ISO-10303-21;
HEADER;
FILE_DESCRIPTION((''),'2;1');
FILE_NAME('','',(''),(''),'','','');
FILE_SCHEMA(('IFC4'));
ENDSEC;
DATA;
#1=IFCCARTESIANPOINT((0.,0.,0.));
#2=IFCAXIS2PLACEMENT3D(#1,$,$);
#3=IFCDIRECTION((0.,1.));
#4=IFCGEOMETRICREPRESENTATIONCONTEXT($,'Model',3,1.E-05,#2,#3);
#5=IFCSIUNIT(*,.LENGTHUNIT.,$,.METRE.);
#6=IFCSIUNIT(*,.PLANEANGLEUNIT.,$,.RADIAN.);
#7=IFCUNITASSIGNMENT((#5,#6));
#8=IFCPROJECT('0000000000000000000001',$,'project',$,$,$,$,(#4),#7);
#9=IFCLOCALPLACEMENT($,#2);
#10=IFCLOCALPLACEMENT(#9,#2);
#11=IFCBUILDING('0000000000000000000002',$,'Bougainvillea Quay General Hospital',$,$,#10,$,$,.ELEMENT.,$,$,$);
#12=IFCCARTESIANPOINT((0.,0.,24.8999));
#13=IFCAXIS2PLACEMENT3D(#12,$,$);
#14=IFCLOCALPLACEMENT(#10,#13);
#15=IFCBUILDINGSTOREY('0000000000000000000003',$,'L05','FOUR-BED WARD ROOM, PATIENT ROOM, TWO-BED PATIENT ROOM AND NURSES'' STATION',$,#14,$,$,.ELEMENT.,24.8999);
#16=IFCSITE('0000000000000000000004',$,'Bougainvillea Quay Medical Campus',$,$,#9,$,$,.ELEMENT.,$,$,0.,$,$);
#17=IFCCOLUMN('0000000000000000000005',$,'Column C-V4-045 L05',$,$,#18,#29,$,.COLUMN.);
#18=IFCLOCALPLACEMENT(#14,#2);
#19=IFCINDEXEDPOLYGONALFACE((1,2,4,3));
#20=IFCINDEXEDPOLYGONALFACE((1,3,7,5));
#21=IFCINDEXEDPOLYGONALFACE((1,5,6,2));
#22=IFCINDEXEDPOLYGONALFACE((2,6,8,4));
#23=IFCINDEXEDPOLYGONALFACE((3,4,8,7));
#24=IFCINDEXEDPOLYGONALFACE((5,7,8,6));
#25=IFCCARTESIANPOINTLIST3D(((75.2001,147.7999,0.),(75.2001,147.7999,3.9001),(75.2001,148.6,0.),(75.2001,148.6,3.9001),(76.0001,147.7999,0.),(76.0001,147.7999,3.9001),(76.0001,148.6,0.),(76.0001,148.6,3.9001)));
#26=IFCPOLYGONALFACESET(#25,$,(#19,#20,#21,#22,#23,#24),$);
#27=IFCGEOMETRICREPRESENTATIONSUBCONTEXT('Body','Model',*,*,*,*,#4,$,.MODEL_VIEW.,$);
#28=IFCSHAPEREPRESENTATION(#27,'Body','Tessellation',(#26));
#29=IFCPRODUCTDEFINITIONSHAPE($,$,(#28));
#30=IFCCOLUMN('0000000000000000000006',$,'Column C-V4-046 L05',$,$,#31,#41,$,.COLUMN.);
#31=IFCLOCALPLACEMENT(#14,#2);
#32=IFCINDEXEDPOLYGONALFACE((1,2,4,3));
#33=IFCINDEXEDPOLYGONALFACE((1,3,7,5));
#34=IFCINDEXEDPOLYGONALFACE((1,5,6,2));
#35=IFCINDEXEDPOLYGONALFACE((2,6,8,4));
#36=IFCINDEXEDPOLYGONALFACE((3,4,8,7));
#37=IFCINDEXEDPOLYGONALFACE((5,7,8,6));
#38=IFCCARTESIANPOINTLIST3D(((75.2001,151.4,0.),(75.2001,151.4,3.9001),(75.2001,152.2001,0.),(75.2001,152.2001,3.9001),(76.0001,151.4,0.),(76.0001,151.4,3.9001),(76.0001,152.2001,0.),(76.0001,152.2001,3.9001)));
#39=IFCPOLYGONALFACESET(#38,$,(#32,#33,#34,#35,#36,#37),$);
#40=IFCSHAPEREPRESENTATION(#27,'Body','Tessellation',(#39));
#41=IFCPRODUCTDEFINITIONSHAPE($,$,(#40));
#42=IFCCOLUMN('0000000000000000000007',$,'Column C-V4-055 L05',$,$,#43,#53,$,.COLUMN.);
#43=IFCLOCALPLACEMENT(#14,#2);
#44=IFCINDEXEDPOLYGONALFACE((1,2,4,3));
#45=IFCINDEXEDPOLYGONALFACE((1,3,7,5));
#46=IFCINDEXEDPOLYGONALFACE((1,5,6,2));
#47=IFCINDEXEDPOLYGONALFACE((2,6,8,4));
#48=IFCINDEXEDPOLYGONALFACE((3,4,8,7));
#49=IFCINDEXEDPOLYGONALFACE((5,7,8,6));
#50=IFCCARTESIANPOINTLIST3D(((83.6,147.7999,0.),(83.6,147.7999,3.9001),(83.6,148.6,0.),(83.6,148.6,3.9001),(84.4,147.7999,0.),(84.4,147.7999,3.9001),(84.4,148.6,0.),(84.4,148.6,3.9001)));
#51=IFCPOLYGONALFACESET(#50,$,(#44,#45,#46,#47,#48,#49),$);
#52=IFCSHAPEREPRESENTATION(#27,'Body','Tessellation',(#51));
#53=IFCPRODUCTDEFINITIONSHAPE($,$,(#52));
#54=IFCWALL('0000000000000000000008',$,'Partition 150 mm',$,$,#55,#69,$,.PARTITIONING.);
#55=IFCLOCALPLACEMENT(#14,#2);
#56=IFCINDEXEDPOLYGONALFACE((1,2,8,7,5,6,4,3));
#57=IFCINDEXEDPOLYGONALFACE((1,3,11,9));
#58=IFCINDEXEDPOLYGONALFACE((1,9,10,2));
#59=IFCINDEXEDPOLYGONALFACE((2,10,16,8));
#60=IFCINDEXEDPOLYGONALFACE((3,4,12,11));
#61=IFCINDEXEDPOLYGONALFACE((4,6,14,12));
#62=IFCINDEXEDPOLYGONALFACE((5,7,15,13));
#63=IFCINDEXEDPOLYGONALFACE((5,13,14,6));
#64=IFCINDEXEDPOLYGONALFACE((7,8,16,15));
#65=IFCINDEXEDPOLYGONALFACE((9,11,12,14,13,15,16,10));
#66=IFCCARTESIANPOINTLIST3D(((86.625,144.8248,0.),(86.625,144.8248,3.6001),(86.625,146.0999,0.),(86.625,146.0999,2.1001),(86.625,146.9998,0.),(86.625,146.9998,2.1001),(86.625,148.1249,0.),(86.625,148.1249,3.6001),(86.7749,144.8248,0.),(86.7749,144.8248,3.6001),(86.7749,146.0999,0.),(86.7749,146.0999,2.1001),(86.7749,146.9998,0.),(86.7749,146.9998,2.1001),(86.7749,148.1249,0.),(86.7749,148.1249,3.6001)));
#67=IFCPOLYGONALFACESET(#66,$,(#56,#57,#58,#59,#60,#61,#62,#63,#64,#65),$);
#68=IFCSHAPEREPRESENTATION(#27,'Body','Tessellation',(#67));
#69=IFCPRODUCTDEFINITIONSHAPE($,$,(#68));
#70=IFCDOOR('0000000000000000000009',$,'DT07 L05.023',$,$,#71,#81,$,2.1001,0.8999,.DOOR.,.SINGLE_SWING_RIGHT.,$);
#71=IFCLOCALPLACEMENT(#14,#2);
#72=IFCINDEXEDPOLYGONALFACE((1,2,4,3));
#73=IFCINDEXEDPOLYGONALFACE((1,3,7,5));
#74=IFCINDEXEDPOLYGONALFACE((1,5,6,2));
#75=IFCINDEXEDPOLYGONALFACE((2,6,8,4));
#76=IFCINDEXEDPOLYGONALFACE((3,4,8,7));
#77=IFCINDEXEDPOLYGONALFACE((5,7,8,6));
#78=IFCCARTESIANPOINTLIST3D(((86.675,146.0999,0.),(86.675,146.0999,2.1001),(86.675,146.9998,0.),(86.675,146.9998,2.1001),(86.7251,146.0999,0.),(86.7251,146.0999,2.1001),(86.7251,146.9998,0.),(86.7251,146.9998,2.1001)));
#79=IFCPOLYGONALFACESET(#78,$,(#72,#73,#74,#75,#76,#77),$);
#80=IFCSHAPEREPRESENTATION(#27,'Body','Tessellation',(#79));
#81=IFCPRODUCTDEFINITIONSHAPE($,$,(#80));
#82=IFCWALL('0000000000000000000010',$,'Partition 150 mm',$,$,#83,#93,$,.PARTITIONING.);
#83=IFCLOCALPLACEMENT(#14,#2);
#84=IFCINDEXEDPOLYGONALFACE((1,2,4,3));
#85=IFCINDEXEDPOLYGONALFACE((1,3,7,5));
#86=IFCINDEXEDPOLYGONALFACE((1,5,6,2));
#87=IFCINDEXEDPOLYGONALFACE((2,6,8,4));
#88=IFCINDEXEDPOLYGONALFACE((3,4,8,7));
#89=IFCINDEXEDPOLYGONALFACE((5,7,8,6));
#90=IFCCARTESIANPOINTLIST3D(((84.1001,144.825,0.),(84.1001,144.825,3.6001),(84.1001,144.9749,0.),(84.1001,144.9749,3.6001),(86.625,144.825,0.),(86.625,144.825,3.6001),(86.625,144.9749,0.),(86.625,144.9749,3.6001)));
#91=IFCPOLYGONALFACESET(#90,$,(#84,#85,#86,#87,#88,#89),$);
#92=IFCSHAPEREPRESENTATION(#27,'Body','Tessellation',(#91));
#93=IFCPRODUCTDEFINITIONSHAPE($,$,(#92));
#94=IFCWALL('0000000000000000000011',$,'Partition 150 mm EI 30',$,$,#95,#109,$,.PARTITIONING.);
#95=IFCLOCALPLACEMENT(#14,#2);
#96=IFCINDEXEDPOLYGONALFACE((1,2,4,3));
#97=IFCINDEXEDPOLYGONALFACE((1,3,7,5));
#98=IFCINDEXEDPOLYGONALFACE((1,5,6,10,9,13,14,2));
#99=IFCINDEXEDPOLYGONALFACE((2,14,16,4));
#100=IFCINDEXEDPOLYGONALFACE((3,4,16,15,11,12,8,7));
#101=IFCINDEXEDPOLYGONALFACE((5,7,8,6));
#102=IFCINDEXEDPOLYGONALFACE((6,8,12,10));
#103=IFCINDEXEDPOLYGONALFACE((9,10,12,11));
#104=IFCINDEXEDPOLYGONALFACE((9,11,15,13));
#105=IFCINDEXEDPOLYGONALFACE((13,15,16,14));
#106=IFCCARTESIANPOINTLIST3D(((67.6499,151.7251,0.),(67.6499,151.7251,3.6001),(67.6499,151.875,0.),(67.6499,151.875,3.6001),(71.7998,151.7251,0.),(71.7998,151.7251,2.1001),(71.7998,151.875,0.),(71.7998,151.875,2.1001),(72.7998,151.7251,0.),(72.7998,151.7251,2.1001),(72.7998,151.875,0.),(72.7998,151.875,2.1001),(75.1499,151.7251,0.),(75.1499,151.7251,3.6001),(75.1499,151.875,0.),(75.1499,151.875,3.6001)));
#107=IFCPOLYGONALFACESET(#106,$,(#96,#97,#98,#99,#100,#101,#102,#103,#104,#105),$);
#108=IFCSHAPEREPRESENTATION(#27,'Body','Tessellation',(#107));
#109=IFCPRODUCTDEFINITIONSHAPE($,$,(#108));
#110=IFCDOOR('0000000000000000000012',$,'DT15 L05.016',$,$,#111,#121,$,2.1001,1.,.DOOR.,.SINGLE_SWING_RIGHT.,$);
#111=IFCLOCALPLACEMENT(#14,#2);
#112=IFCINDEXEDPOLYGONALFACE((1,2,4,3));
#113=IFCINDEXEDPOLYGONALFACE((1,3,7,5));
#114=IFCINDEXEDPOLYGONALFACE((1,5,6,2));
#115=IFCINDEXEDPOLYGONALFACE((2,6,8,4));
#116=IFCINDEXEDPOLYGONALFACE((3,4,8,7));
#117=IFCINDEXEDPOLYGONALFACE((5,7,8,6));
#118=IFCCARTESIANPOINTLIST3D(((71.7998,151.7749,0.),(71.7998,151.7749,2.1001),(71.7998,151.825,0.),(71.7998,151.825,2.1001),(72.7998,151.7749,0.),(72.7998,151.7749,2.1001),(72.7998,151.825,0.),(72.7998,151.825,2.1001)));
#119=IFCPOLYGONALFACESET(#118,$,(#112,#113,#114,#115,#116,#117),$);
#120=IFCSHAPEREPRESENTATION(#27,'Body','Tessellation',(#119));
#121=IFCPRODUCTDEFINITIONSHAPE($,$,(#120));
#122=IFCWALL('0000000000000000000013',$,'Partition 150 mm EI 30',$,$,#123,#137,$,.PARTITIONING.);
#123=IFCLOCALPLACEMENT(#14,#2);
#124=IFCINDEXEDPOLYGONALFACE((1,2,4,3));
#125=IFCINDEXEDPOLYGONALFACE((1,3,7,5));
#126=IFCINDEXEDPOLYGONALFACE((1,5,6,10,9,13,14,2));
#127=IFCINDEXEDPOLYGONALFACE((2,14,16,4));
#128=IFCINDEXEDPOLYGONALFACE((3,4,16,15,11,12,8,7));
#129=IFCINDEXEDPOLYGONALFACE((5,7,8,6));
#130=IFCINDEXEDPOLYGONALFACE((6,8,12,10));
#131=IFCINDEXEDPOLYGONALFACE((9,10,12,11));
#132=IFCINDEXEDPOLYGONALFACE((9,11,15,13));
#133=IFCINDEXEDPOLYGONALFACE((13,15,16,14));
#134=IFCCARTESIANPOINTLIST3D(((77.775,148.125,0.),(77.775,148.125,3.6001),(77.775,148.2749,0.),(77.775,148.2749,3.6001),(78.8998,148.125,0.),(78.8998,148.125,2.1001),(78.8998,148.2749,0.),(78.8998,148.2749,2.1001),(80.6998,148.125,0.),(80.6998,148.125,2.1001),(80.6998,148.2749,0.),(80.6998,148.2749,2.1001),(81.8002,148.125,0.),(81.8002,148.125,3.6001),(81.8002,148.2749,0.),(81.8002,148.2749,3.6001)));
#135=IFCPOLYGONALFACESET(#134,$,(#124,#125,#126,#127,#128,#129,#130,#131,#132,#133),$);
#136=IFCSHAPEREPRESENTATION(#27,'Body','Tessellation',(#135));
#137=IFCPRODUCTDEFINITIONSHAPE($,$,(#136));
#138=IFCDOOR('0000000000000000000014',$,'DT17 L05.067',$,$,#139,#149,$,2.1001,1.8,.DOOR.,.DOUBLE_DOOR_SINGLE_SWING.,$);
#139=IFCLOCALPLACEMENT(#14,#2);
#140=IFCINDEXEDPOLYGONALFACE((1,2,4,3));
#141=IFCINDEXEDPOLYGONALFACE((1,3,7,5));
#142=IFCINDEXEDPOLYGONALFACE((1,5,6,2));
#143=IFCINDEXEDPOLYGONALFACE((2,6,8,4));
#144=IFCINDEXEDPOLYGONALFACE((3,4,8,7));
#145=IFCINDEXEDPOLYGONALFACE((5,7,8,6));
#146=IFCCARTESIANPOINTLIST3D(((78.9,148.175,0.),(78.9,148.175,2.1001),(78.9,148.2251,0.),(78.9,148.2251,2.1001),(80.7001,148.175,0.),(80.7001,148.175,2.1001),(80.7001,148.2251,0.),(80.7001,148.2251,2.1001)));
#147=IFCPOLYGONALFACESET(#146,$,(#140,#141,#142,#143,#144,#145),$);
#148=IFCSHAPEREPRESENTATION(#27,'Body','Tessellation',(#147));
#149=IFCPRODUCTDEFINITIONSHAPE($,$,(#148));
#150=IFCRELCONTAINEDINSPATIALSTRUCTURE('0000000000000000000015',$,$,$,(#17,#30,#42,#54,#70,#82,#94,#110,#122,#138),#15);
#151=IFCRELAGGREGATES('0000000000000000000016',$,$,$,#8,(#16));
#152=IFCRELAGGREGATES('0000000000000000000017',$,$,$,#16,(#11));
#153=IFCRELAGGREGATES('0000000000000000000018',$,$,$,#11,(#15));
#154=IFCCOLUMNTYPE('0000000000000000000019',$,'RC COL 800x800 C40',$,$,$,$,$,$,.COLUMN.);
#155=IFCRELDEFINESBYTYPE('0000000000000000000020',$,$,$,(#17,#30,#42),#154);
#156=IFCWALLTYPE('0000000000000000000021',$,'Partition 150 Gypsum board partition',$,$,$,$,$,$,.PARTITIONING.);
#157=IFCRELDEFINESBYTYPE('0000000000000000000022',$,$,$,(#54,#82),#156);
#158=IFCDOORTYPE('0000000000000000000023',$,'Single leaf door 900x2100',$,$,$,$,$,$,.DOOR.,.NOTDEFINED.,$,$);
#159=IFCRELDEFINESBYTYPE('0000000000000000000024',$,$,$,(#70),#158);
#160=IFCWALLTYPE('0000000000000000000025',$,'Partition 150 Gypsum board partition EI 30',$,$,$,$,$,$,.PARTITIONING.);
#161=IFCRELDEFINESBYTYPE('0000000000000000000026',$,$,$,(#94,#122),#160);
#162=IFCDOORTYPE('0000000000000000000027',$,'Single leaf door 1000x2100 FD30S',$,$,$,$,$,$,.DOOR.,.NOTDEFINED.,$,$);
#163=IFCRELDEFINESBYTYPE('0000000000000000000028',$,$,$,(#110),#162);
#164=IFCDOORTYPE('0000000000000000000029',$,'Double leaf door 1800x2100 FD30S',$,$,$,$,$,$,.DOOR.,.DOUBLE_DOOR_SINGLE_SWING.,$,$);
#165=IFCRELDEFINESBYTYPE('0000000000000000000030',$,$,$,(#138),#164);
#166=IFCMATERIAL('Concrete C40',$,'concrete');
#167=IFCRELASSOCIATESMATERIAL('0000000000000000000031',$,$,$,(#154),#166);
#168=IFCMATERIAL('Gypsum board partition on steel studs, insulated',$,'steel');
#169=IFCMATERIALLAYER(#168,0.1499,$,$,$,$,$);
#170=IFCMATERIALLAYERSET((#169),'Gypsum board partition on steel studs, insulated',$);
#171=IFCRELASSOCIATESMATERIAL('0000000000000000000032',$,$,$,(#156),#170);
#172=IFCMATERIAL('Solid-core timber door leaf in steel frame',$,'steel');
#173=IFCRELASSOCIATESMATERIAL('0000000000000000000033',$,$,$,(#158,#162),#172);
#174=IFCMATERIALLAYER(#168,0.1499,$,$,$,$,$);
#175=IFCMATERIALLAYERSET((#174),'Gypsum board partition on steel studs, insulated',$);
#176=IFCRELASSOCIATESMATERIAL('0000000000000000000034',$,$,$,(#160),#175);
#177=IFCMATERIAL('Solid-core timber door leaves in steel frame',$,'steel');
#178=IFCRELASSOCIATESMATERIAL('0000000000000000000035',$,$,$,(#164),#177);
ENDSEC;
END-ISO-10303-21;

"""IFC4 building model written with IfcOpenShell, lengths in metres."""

from ifc_helpers import new_model, si_unit, direction, frame, frame_2d, origin, origin_2d, place, context, subcontext, project, spatial, rectangle, extrude, material, layer, layer_set, material_profile, profile_set, type_object, element, fill, save


model = new_model("IFC4")

# Units and contexts
model_context = context("Model", 3, precision=1e-05, world=origin(), true_north=direction((0.0, 1.0)))
body_context = subcontext(model_context, "Body", "Model", "MODEL_VIEW")
ifc_project = project(units=[si_unit("LENGTHUNIT", "METRE"), si_unit("PLANEANGLEUNIT", "RADIAN")], contexts=[model_context])

# Site, building, storey
site_placement = place(None, origin())
site = spatial("IfcSite", under=ifc_project, at=site_placement, Name="Bougainvillea Quay Medical Campus", CompositionType="ELEMENT", RefElevation=0.0)
building_placement = place(site_placement, origin())
building = spatial("IfcBuilding", under=site, at=building_placement, Name="Bougainvillea Quay General Hospital", CompositionType="ELEMENT")
storey_placement = place(building_placement, frame((0.0, 0.0, 24.8999)))
storey = spatial("IfcBuildingStorey", under=building, at=storey_placement, Name="L05", Description="FOUR-BED WARD ROOM, PATIENT ROOM, TWO-BED PATIENT ROOM AND NURSES' STATION", CompositionType="ELEMENT", Elevation=24.8999)

# Columns
ifc_material_1 = material(Name="Concrete C40", Category="concrete")
ifc_material_profile_1 = material_profile(ifc_material_1, rectangle(XDim=0.8, YDim=0.8, at=origin_2d()))
ifc_profile_set_1 = profile_set([ifc_material_profile_1], Name="Concrete C40")
column_type = type_object("IfcColumnType", Name="RC COL 800x800 C40", PredefinedType="COLUMN", material=ifc_profile_set_1)
for number, where, z_axis, x_axis, name in (
    (1, (75.6001, 148.2, 0.0), (0.0, 0.0, 1.0), (1.0, 0.0, 0.0), "Column C-V4-045 L05"),
    (2, (75.6001, 151.8, 0.0), (0.0, 0.0, 1.0), (1.0, 0.0, 0.0), "Column C-V4-046 L05"),
    (3, (84.0, 148.2, 0.0), (0.0, 0.0, 1.0), (1.0, 0.0, 0.0), "Column C-V4-055 L05"),
):
    element("IfcColumn", number, at=place(storey_placement, frame(where, z_axis=z_axis, x_axis=x_axis)), inside=storey, type_object=column_type, Name=name, PredefinedType="COLUMN", context=body_context, shape_type="SweptSolid", body=[
        extrude(rectangle(XDim=0.8, YDim=0.8, at=origin_2d()), origin(), (0.0, 0.0, 1.0), 3.9001),
    ])

# Wall, opening, door
ifc_material_2 = material(Name="Gypsum board partition on steel studs, insulated", Category="steel")
ifc_layer_1 = layer(ifc_material_2, 0.1499)
ifc_layer_set_1 = layer_set([ifc_layer_1], Name="Gypsum board partition on steel studs, insulated")
wall_type_1 = type_object("IfcWallType", Name="Partition 150 Gypsum board partition", PredefinedType="PARTITIONING", material=ifc_layer_set_1)
wall_1_placement = place(storey_placement, frame((86.7, 144.825, 0.0), z_axis=(0.0, 0.0, 1.0), x_axis=(0.0, 1.0, 0.0)))
wall_1 = element("IfcWall", 4, at=wall_1_placement, inside=storey, type_object=wall_type_1, Name="Partition 150 mm", PredefinedType="PARTITIONING", context=body_context, shape_type="SweptSolid", body=[
    extrude(rectangle(XDim=3.3, YDim=0.1499, at=frame_2d((1.6499, 0.0))), origin(), (0.0, 0.0, 1.0), 3.6001),
])
opening_1_placement = place(wall_1_placement, frame((1.2749, 0.0, 0.0)))
opening_1 = element("IfcOpeningElement", 5, at=opening_1_placement, cuts=wall_1, PredefinedType="OPENING", context=body_context, shape_type="SweptSolid", body=[
    extrude(rectangle(XDim=0.8999, YDim=2.1001, at=frame_2d((0.45, 1.05))), frame((0.0, 0.085, 0.0), z_axis=(0.0, -1.0, 0.0), x_axis=(1.0, 0.0, 0.0)), (0.0, 0.0, 1.0), 0.1699),
])
ifc_material_3 = material(Name="Solid-core timber door leaf in steel frame", Category="steel")
door_type_1 = type_object("IfcDoorType", Name="Single leaf door 900x2100", OperationType="NOTDEFINED", PredefinedType="DOOR", material=ifc_material_3)
door_1_placement = place(opening_1_placement, origin())
door_1 = element("IfcDoor", 6, at=door_1_placement, inside=storey, type_object=door_type_1, Name="DT07 L05.023", OperationType="SINGLE_SWING_RIGHT", OverallHeight=2.1001, OverallWidth=0.8999, PredefinedType="DOOR", context=body_context, shape_type="SweptSolid", body=[
    extrude(rectangle(XDim=0.8999, YDim=2.1001, at=frame_2d((0.45, 1.05))), frame((0.0, 0.0249, 0.0), z_axis=(0.0, -1.0, 0.0), x_axis=(1.0, 0.0, 0.0)), (0.0, 0.0, 1.0), 0.05),
])
fill(opening_1, door_1)

# Wall
wall_2_placement = place(storey_placement, frame((84.1001, 144.8999, 0.0), z_axis=(0.0, 0.0, 1.0), x_axis=(1.0, 0.0, 0.0)))
element("IfcWall", 7, at=wall_2_placement, inside=storey, type_object=wall_type_1, Name="Partition 150 mm", PredefinedType="PARTITIONING", context=body_context, shape_type="SweptSolid", body=[
    extrude(rectangle(XDim=2.5249, YDim=0.1499, at=frame_2d((1.2625, 0.0))), origin(), (0.0, 0.0, 1.0), 3.6001),
])

# Walls, openings, doors
ifc_layer_2 = layer(ifc_material_2, 0.1499)
ifc_layer_set_2 = layer_set([ifc_layer_2], Name="Gypsum board partition on steel studs, insulated")
wall_type_2 = type_object("IfcWallType", Name="Partition 150 Gypsum board partition EI 30", PredefinedType="PARTITIONING", material=ifc_layer_set_2)
wall_3_placement = place(storey_placement, frame((75.1499, 151.8, 0.0), z_axis=(0.0, 0.0, 1.0), x_axis=(-1.0, 0.0, 0.0)))
wall_3 = element("IfcWall", 8, at=wall_3_placement, inside=storey, type_object=wall_type_2, Name="Partition 150 mm EI 30", PredefinedType="PARTITIONING", context=body_context, shape_type="SweptSolid", body=[
    extrude(rectangle(XDim=7.5, YDim=0.1499, at=frame_2d((3.75, 0.0))), origin(), (0.0, 0.0, 1.0), 3.6001),
])
opening_2_placement = place(wall_3_placement, frame((2.3501, 0.0, 0.0)))
opening_2 = element("IfcOpeningElement", 9, at=opening_2_placement, cuts=wall_3, PredefinedType="OPENING", context=body_context, shape_type="SweptSolid", body=[
    extrude(rectangle(XDim=1.0, YDim=2.1001, at=frame_2d((0.5, 1.05))), frame((0.0, 0.085, 0.0), z_axis=(0.0, -1.0, 0.0), x_axis=(1.0, 0.0, 0.0)), (0.0, 0.0, 1.0), 0.1699),
])
door_type_2 = type_object("IfcDoorType", Name="Single leaf door 1000x2100 FD30S", OperationType="NOTDEFINED", PredefinedType="DOOR", material=ifc_material_3)
door_2_placement = place(opening_2_placement, frame((1.0, 0.0, 0.0), z_axis=(0.0, 0.0, 1.0), x_axis=(-1.0, 0.0, 0.0)))
door_2 = element("IfcDoor", 10, at=door_2_placement, inside=storey, type_object=door_type_2, Name="DT15 L05.016", OperationType="SINGLE_SWING_RIGHT", OverallHeight=2.1001, OverallWidth=1.0, PredefinedType="DOOR", context=body_context, shape_type="SweptSolid", body=[
    extrude(rectangle(XDim=1.0, YDim=2.1001, at=frame_2d((0.5, 1.05))), frame((0.0, 0.0249, 0.0), z_axis=(0.0, -1.0, 0.0), x_axis=(1.0, 0.0, 0.0)), (0.0, 0.0, 1.0), 0.05),
])
fill(opening_2, door_2)
wall_4_placement = place(storey_placement, frame((77.7749, 148.2, 0.0), z_axis=(0.0, 0.0, 1.0), x_axis=(1.0, 0.0, 0.0)))
wall_4 = element("IfcWall", 11, at=wall_4_placement, inside=storey, type_object=wall_type_2, Name="Partition 150 mm EI 30", PredefinedType="PARTITIONING", context=body_context, shape_type="SweptSolid", body=[
    extrude(rectangle(XDim=4.0251, YDim=0.1499, at=frame_2d((2.0127, 0.0))), origin(), (0.0, 0.0, 1.0), 3.6001),
])
opening_3_placement = place(wall_4_placement, frame((1.125, 0.0, 0.0)))
opening_3 = element("IfcOpeningElement", 12, at=opening_3_placement, cuts=wall_4, PredefinedType="OPENING", context=body_context, shape_type="SweptSolid", body=[
    extrude(rectangle(XDim=1.8, YDim=2.1001, at=frame_2d((0.8999, 1.05))), frame((0.0, 0.085, 0.0), z_axis=(0.0, -1.0, 0.0), x_axis=(1.0, 0.0, 0.0)), (0.0, 0.0, 1.0), 0.1699),
])
ifc_material_4 = material(Name="Solid-core timber door leaves in steel frame", Category="steel")
door_type_3 = type_object("IfcDoorType", Name="Double leaf door 1800x2100 FD30S", OperationType="DOUBLE_DOOR_SINGLE_SWING", PredefinedType="DOOR", material=ifc_material_4)
door_3_placement = place(opening_3_placement, frame((1.8, 0.0, 0.0), z_axis=(0.0, 0.0, 1.0), x_axis=(-1.0, 0.0, 0.0)))
door_3 = element("IfcDoor", 13, at=door_3_placement, inside=storey, type_object=door_type_3, Name="DT17 L05.067", OperationType="DOUBLE_DOOR_SINGLE_SWING", OverallHeight=2.1001, OverallWidth=1.8, PredefinedType="DOOR", context=body_context, shape_type="SweptSolid", body=[
    extrude(rectangle(XDim=1.8, YDim=2.1001, at=frame_2d((0.8999, 1.05))), frame((0.0, 0.0249, 0.0), z_axis=(0.0, -1.0, 0.0), x_axis=(1.0, 0.0, 0.0)), (0.0, 0.0, 1.0), 0.05),
])
fill(opening_3, door_3)

save(model, "model.ifc")
